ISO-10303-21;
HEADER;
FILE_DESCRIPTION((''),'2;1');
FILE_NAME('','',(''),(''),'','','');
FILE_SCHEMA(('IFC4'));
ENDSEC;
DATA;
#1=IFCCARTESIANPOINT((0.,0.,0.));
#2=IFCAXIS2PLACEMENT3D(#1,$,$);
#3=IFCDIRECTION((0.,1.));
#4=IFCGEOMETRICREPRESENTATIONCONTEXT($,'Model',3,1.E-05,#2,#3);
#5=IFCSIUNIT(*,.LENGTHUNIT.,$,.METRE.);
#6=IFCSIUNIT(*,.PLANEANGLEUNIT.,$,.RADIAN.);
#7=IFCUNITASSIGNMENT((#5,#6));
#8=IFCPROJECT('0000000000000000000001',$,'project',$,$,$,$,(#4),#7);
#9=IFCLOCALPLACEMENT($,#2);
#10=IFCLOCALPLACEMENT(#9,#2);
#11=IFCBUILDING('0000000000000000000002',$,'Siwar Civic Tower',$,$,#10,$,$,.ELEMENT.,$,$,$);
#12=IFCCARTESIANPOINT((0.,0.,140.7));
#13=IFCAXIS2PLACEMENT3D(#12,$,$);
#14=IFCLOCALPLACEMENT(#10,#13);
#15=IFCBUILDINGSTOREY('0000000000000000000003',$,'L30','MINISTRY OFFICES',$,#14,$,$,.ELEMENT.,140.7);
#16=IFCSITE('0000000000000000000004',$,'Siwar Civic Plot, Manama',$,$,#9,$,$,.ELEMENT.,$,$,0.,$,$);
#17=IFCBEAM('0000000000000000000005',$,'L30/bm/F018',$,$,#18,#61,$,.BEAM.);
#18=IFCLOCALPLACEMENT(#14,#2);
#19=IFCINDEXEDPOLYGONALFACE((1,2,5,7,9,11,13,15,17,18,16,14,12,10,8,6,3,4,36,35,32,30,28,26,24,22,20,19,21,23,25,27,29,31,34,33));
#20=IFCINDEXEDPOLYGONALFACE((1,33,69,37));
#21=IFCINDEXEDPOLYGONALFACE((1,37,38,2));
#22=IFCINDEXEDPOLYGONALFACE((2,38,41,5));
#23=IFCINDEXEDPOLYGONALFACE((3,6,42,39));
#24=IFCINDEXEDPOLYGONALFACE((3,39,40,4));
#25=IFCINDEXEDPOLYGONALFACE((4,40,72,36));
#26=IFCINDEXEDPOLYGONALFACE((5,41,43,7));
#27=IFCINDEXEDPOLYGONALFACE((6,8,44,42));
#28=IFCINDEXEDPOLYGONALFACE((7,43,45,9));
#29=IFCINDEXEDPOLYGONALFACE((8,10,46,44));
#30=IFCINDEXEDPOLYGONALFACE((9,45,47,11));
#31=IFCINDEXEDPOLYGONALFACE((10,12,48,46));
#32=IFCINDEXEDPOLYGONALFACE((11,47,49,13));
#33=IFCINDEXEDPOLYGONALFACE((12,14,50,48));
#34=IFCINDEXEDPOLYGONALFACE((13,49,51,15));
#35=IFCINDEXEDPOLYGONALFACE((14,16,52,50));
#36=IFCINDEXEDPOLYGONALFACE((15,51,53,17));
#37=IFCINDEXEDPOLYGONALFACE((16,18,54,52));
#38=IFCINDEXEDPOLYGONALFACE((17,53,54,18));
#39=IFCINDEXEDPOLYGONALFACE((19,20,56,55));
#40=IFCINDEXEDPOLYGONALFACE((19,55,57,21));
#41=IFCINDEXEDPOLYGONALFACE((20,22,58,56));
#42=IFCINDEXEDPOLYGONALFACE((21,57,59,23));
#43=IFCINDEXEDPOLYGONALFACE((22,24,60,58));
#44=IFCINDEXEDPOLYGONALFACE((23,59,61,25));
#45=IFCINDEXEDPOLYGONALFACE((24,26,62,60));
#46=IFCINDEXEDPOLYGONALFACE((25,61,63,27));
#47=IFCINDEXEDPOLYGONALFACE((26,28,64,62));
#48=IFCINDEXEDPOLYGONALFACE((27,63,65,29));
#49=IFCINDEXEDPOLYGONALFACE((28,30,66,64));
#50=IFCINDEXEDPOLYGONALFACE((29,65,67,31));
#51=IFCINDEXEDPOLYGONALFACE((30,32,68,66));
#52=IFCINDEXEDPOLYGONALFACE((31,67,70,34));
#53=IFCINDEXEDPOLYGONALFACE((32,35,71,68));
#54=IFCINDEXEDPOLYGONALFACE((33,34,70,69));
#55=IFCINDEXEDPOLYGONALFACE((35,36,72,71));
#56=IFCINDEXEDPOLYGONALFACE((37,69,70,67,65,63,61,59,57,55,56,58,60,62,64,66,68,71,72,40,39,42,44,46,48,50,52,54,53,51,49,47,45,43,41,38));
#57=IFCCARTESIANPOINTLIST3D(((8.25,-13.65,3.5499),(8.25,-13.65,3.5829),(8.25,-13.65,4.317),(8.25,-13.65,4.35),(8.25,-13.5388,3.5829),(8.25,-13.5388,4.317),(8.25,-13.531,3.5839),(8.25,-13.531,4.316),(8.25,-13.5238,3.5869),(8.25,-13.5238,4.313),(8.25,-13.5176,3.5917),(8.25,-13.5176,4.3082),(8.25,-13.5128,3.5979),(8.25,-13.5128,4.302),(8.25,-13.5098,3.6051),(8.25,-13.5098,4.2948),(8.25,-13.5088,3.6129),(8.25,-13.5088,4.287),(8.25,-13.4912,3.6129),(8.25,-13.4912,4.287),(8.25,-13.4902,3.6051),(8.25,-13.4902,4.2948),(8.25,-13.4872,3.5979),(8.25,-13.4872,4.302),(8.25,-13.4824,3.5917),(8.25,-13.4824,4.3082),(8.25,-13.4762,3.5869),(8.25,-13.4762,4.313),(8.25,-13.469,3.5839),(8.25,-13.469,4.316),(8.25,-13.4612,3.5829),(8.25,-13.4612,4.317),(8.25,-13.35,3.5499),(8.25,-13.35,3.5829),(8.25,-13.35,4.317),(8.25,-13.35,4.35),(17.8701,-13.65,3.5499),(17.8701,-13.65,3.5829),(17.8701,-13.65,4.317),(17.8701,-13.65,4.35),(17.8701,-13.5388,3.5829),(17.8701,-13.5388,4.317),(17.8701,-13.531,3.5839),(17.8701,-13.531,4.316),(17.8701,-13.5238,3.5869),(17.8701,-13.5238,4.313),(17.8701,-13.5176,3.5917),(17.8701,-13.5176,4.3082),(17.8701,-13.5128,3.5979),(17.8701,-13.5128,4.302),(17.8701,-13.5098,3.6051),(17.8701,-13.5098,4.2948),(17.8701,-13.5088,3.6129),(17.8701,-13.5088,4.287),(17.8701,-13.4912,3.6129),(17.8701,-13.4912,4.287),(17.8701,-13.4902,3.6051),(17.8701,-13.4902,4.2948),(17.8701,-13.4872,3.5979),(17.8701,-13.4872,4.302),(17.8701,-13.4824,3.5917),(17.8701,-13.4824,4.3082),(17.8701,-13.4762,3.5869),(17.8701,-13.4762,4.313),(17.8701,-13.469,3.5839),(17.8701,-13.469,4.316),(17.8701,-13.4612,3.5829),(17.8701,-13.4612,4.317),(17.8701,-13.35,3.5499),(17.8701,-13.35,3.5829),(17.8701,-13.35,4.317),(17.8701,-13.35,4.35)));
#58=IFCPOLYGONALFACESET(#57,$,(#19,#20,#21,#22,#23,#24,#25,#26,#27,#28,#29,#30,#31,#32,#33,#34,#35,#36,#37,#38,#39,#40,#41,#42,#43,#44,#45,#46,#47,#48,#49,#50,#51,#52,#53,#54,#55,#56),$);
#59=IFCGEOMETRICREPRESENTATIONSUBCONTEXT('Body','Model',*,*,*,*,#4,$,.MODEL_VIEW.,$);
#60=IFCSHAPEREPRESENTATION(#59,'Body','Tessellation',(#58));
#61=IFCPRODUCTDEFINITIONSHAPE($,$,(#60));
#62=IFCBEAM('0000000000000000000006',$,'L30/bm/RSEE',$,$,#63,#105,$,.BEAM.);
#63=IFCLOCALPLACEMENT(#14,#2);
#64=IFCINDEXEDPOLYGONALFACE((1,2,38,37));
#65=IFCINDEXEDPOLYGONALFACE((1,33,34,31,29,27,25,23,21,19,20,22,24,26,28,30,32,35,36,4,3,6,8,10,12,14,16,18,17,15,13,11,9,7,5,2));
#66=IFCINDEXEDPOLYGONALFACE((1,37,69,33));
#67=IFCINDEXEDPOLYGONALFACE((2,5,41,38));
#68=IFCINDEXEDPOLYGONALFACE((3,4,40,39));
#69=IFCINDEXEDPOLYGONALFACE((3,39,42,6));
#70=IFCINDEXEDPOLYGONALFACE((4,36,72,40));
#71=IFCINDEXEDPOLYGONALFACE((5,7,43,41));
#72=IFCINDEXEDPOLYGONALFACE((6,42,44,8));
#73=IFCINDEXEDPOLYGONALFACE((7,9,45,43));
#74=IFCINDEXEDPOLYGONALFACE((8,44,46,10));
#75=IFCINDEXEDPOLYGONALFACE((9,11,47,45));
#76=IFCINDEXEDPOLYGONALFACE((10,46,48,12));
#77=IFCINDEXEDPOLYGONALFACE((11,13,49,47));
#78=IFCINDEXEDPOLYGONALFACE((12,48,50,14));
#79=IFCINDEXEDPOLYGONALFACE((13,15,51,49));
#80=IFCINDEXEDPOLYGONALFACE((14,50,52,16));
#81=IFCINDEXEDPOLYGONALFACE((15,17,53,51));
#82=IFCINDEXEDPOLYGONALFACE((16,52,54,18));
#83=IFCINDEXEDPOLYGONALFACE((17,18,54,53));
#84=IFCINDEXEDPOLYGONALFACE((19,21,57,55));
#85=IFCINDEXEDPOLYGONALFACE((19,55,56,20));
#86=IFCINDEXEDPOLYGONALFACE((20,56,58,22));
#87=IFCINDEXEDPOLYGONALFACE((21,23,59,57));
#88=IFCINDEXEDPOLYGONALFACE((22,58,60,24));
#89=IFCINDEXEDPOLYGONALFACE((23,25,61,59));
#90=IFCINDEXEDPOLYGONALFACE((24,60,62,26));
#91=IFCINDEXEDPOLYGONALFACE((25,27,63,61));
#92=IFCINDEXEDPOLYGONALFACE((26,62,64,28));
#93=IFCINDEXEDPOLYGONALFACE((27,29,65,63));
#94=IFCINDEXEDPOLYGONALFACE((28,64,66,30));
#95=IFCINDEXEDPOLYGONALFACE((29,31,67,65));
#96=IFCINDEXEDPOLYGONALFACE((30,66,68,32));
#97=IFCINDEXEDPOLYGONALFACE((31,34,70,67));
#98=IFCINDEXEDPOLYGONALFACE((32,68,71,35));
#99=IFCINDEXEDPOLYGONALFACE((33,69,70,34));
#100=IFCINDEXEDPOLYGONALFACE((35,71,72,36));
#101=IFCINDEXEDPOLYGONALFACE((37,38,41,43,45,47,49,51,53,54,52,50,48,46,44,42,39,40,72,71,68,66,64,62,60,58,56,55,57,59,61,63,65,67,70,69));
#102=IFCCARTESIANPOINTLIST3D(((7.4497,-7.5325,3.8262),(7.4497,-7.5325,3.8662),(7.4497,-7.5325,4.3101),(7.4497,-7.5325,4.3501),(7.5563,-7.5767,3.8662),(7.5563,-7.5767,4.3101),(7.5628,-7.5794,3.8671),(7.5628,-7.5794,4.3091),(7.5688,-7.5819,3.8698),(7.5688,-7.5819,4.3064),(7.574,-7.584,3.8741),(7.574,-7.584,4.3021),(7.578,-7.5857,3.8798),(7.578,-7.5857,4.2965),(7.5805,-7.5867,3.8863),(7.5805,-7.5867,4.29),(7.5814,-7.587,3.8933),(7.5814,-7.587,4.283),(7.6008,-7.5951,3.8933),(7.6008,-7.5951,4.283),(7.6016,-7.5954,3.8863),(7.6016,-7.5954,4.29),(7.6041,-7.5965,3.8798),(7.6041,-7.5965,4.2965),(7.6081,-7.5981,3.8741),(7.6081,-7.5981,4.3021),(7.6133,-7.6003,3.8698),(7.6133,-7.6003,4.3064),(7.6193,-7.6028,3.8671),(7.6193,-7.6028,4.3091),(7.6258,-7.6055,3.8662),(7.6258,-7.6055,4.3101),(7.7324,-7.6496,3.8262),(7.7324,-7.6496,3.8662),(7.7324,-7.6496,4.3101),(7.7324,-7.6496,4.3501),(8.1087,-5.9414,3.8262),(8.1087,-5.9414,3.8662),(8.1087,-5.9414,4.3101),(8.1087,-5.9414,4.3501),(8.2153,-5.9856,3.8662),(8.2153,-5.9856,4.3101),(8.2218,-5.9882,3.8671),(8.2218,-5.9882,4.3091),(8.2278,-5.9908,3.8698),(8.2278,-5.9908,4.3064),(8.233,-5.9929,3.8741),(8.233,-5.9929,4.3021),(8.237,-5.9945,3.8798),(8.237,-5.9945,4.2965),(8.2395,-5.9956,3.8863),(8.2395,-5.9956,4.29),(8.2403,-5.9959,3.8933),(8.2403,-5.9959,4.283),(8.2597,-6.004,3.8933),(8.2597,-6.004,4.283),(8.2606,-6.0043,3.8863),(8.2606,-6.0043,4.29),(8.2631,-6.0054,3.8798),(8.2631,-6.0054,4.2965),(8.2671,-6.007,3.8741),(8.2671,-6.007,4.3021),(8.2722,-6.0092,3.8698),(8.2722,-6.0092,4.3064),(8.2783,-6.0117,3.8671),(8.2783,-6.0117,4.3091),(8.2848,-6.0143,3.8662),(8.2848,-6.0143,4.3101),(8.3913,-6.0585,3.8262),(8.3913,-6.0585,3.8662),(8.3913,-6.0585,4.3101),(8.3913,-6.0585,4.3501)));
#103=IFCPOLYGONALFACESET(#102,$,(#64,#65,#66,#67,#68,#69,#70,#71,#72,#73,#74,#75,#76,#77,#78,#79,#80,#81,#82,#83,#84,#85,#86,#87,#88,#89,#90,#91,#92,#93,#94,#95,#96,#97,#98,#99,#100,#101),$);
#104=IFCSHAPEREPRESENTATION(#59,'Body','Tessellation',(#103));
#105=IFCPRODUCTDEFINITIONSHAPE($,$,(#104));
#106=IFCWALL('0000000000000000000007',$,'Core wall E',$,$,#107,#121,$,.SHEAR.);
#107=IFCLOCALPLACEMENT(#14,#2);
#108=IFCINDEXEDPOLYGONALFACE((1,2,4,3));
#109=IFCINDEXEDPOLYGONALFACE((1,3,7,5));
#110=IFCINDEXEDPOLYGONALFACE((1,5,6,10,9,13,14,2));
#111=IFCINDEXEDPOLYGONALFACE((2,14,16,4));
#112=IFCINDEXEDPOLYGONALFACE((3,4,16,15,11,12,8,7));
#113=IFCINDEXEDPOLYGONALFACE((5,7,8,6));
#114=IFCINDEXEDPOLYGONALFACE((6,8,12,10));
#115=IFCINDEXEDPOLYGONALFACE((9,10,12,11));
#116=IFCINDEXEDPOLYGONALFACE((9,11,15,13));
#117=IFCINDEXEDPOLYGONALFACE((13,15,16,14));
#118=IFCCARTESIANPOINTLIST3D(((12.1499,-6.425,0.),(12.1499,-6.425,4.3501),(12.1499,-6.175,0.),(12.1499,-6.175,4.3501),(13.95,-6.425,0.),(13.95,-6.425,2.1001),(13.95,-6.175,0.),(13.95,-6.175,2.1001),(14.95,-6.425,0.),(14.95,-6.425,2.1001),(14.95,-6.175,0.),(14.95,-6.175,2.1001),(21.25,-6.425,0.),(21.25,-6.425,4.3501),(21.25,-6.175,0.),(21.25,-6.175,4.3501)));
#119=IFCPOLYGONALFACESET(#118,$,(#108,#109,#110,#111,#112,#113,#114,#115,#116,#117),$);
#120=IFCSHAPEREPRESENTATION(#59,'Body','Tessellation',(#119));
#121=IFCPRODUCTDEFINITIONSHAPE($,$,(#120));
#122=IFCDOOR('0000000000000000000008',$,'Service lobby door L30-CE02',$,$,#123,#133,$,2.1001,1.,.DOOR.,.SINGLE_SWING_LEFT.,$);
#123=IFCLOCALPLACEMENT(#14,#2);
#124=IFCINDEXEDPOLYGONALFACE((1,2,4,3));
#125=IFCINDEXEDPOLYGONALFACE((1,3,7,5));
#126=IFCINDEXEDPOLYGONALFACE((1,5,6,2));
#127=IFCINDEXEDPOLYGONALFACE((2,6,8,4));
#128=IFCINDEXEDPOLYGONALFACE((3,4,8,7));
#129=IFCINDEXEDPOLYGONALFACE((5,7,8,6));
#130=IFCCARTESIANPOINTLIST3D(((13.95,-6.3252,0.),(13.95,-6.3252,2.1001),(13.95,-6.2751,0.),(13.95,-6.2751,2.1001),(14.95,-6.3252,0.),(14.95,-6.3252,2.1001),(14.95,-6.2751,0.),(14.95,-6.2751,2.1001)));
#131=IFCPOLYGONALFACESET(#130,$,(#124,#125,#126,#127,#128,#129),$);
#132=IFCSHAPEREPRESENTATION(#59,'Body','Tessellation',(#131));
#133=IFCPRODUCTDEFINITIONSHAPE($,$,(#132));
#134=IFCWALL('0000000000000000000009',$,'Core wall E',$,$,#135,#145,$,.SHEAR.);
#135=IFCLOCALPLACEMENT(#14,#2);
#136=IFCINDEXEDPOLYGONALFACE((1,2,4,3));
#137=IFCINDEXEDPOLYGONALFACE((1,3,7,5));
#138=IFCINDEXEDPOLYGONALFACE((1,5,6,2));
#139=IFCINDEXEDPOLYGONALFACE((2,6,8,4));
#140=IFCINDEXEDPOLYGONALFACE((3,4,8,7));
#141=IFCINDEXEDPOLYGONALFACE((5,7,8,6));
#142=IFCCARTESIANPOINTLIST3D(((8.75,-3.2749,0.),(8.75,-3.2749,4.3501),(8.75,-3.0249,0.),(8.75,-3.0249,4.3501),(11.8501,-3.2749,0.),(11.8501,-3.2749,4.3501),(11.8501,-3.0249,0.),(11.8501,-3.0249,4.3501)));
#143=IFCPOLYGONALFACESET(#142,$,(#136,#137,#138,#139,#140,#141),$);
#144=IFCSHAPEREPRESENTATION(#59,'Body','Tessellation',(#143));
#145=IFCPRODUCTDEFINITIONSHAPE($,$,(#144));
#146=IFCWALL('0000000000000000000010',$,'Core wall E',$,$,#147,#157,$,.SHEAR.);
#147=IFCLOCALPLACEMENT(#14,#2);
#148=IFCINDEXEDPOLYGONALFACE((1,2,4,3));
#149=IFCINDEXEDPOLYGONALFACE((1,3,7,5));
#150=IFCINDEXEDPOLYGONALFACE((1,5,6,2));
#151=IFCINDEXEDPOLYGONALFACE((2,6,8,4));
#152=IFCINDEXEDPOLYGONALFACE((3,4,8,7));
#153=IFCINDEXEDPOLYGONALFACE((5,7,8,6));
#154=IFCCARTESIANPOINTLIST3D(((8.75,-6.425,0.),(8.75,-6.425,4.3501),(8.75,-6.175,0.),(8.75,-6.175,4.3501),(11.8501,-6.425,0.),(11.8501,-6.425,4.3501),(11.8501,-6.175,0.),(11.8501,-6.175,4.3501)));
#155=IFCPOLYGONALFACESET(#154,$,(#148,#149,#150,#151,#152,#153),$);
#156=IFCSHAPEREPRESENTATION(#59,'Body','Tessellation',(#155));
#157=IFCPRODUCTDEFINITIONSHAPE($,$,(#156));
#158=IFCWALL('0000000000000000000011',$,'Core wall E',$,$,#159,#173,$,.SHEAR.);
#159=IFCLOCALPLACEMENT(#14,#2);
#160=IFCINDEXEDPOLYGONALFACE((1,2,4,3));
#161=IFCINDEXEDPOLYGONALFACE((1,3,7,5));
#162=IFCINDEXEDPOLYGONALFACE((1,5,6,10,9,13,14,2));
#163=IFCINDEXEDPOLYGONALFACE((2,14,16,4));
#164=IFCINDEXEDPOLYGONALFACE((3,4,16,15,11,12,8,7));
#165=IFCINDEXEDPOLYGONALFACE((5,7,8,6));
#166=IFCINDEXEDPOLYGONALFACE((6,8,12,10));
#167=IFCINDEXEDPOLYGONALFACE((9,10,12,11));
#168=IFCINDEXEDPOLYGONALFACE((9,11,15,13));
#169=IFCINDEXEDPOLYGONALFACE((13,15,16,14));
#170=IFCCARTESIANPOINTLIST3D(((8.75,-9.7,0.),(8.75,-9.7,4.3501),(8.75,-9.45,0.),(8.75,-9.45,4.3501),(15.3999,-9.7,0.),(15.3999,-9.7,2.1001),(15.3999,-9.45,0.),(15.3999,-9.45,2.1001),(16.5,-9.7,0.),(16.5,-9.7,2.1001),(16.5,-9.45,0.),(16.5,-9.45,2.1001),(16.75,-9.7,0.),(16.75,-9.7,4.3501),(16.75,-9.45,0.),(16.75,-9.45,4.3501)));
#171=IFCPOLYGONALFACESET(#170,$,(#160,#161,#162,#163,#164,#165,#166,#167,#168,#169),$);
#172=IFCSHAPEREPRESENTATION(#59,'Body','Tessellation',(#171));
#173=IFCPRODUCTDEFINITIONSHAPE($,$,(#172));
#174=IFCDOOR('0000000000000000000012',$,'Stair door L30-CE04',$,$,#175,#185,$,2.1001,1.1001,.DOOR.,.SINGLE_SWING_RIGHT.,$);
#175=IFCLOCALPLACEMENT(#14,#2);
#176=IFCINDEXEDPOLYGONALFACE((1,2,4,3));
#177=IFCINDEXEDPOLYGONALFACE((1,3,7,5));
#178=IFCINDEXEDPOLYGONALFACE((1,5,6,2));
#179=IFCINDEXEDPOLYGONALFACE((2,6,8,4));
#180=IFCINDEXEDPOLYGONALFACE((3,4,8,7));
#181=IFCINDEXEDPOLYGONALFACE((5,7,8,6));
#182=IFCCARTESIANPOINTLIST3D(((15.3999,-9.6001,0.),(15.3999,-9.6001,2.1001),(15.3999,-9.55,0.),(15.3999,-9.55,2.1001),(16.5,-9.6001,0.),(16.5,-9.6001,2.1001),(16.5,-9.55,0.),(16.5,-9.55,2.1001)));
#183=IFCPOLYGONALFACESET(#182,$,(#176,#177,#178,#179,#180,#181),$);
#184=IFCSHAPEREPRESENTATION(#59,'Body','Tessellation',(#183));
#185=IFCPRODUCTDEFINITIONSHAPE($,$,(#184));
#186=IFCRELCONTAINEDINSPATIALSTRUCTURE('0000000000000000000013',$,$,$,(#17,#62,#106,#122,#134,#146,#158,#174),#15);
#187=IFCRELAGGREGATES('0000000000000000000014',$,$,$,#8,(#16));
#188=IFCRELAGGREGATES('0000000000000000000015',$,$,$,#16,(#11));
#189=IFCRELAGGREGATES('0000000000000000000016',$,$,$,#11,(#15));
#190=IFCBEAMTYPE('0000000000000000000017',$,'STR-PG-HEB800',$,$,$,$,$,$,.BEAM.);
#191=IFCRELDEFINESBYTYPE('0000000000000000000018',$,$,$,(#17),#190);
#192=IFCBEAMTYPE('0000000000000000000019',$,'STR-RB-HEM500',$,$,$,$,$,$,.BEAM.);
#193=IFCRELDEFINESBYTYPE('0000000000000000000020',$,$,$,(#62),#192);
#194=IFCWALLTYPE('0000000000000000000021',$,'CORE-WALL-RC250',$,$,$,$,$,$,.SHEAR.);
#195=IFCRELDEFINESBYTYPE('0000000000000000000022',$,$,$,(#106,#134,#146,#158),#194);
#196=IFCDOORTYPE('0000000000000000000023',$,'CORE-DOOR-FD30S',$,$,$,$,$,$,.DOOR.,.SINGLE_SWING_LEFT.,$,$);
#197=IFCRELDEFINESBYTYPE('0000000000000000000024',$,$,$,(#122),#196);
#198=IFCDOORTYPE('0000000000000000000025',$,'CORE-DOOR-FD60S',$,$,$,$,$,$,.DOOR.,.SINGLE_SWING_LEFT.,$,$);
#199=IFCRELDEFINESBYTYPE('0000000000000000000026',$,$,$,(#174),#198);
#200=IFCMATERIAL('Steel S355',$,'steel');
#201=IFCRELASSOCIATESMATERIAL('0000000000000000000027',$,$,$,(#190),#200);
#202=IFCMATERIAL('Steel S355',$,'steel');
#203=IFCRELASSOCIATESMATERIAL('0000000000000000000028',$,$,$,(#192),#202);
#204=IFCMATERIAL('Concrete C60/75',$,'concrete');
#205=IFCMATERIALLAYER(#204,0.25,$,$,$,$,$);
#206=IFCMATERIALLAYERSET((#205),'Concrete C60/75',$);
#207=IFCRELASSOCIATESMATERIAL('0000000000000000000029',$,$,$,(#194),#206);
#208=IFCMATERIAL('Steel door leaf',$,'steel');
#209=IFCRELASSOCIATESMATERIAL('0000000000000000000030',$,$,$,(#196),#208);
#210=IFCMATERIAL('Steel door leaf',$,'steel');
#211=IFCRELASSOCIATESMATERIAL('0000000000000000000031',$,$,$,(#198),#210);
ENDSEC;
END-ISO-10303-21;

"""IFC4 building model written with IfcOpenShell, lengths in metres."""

from ifc_helpers import new_model, si_unit, direction, frame, frame_2d, origin, origin_2d, place, context, subcontext, project, spatial, rectangle, i_section, extrude, material, layer, layer_set, material_profile, profile_set, type_object, element, fill, save


model = new_model("IFC4")

# Units and contexts
model_context = context("Model", 3, precision=1e-05, world=origin(), true_north=direction((0.0, 1.0)))
body_context = subcontext(model_context, "Body", "Model", "MODEL_VIEW")
ifc_project = project(units=[si_unit("LENGTHUNIT", "METRE"), si_unit("PLANEANGLEUNIT", "RADIAN")], contexts=[model_context])

# Site, building, storey
site_placement = place(None, origin())
site = spatial("IfcSite", under=ifc_project, at=site_placement, Name="Siwar Civic Plot, Manama", CompositionType="ELEMENT", RefElevation=0.0)
building_placement = place(site_placement, origin())
building = spatial("IfcBuilding", under=site, at=building_placement, Name="Siwar Civic Tower", CompositionType="ELEMENT")
storey_placement = place(building_placement, frame((0.0, 0.0, 140.7)))
storey = spatial("IfcBuildingStorey", under=building, at=storey_placement, Name="L30", Description="MINISTRY OFFICES", CompositionType="ELEMENT", Elevation=140.7)

# Beams
ifc_material_1 = material(Name="Steel S355", Category="steel")
ifc_material_profile_1 = material_profile(ifc_material_1, i_section(OverallWidth=0.3, OverallDepth=0.8, WebThickness=0.0176, FlangeThickness=0.033, FilletRadius=0.03, at=origin_2d()), Name="HEB800")
ifc_profile_set_1 = profile_set([ifc_material_profile_1], Name="Steel S355")
beam_type_1 = type_object("IfcBeamType", Name="STR-PG-HEB800", PredefinedType="BEAM", material=ifc_profile_set_1)
beam_1_placement = place(storey_placement, frame((8.25, -13.5, 3.95), z_axis=(1.0, 0.0, 0.0), x_axis=(0.0, 1.0, 0.0)))
element("IfcBeam", 1, at=beam_1_placement, inside=storey, type_object=beam_type_1, Name="L30/bm/F018", PredefinedType="BEAM", context=body_context, shape_type="SweptSolid", body=[
    extrude(i_section(OverallWidth=0.3, OverallDepth=0.8, WebThickness=0.0176, FlangeThickness=0.033, FilletRadius=0.03, at=origin_2d()), origin(), (0.0, 0.0, 1.0), 9.6201),
])
ifc_material_2 = material(Name="Steel S355", Category="steel")
ifc_material_profile_2 = material_profile(ifc_material_2, i_section(OverallWidth=0.3059, OverallDepth=0.5239, WebThickness=0.021, FlangeThickness=0.04, FilletRadius=0.0271, at=origin_2d()), Name="HEM500")
ifc_profile_set_2 = profile_set([ifc_material_profile_2], Name="Steel S355")
beam_type_2 = type_object("IfcBeamType", Name="STR-RB-HEM500", PredefinedType="BEAM", material=ifc_profile_set_2)
beam_2_placement = place(storey_placement, frame((7.5911, -7.5911, 4.0881), z_axis=(0.382631, 0.923901, 0.0), x_axis=(-0.923901, 0.382631, 0.0)))
element("IfcBeam", 2, at=beam_2_placement, inside=storey, type_object=beam_type_2, Name="L30/bm/RSEE", PredefinedType="BEAM", context=body_context, shape_type="SweptSolid", body=[
    extrude(i_section(OverallWidth=0.3059, OverallDepth=0.5239, WebThickness=0.021, FlangeThickness=0.04, FilletRadius=0.0271, at=origin_2d()), origin(), (0.0, 0.0, 1.0), 1.7222),
])

# Wall, opening, door
ifc_material_3 = material(Name="Concrete C60/75", Category="concrete")
ifc_layer_1 = layer(ifc_material_3, 0.25)
ifc_layer_set_1 = layer_set([ifc_layer_1], Name="Concrete C60/75")
wall_type_1 = type_object("IfcWallType", Name="CORE-WALL-RC250", PredefinedType="SHEAR", material=ifc_layer_set_1)
wall_1_placement = place(storey_placement, frame((12.1499, -6.3, 0.0), z_axis=(0.0, 0.0, 1.0), x_axis=(1.0, 0.0, 0.0)))
wall_1 = element("IfcWall", 3, at=wall_1_placement, inside=storey, type_object=wall_type_1, Name="Core wall E", PredefinedType="SHEAR", context=body_context, shape_type="SweptSolid", body=[
    extrude(rectangle(XDim=9.1001, YDim=0.25, at=frame_2d((4.55, 0.0))), origin(), (0.0, 0.0, 1.0), 4.3501),
])
opening_1_placement = place(wall_1_placement, frame((1.8, 0.0, 0.0)))
opening_1 = element("IfcOpeningElement", 4, at=opening_1_placement, cuts=wall_1, PredefinedType="OPENING", context=body_context, shape_type="SweptSolid", body=[
    extrude(rectangle(XDim=1.0, YDim=2.1001, at=frame_2d((0.5, 1.05))), frame((0.0, 0.135, 0.0), z_axis=(0.0, -1.0, 0.0), x_axis=(1.0, 0.0, 0.0)), (0.0, 0.0, 1.0), 0.27),
])
ifc_material_4 = material(Name="Steel door leaf", Category="steel")
door_type_1 = type_object("IfcDoorType", Name="CORE-DOOR-FD30S", OperationType="SINGLE_SWING_LEFT", PredefinedType="DOOR", material=ifc_material_4)
door_1_placement = place(opening_1_placement, origin())
door_1 = element("IfcDoor", 5, at=door_1_placement, inside=storey, type_object=door_type_1, Name="Service lobby door L30-CE02", OperationType="SINGLE_SWING_LEFT", OverallHeight=2.1001, OverallWidth=1.0, PredefinedType="DOOR", context=body_context, shape_type="SweptSolid", body=[
    extrude(rectangle(XDim=1.0, YDim=2.1001, at=frame_2d((0.5, 1.05))), frame((0.0, 0.0249, 0.0), z_axis=(0.0, -1.0, 0.0), x_axis=(1.0, 0.0, 0.0)), (0.0, 0.0, 1.0), 0.05),
])
fill(opening_1, door_1)

# Walls
for number, where, z_axis, x_axis, name in (
    (6, (8.75, -3.1499, 0.0), (0.0, 0.0, 1.0), (1.0, 0.0, 0.0), "Core wall E"),
    (7, (8.75, -6.3, 0.0), (0.0, 0.0, 1.0), (1.0, 0.0, 0.0), "Core wall E"),
):
    element("IfcWall", number, at=place(storey_placement, frame(where, z_axis=z_axis, x_axis=x_axis)), inside=storey, type_object=wall_type_1, Name=name, PredefinedType="SHEAR", context=body_context, shape_type="SweptSolid", body=[
        extrude(rectangle(XDim=3.1001, YDim=0.25, at=frame_2d((1.55, 0.0))), origin(), (0.0, 0.0, 1.0), 4.3501),
    ])

# Wall, opening, door
wall_2_placement = place(storey_placement, frame((8.75, -9.575, 0.0), z_axis=(0.0, 0.0, 1.0), x_axis=(1.0, 0.0, 0.0)))
wall_2 = element("IfcWall", 8, at=wall_2_placement, inside=storey, type_object=wall_type_1, Name="Core wall E", PredefinedType="SHEAR", context=body_context, shape_type="SweptSolid", body=[
    extrude(rectangle(XDim=8.0, YDim=0.25, at=frame_2d((4.0, 0.0))), origin(), (0.0, 0.0, 1.0), 4.3501),
])
opening_2_placement = place(wall_2_placement, frame((6.6499, 0.0, 0.0)))
opening_2 = element("IfcOpeningElement", 9, at=opening_2_placement, cuts=wall_2, PredefinedType="OPENING", context=body_context, shape_type="SweptSolid", body=[
    extrude(rectangle(XDim=1.1001, YDim=2.1001, at=frame_2d((0.55, 1.05))), frame((0.0, 0.135, 0.0), z_axis=(0.0, -1.0, 0.0), x_axis=(1.0, 0.0, 0.0)), (0.0, 0.0, 1.0), 0.27),
])
ifc_material_5 = material(Name="Steel door leaf", Category="steel")
door_type_2 = type_object("IfcDoorType", Name="CORE-DOOR-FD60S", OperationType="SINGLE_SWING_LEFT", PredefinedType="DOOR", material=ifc_material_5)
door_2_placement = place(opening_2_placement, origin())
door_2 = element("IfcDoor", 10, at=door_2_placement, inside=storey, type_object=door_type_2, Name="Stair door L30-CE04", OperationType="SINGLE_SWING_RIGHT", OverallHeight=2.1001, OverallWidth=1.1001, PredefinedType="DOOR", context=body_context, shape_type="SweptSolid", body=[
    extrude(rectangle(XDim=1.1001, YDim=2.1001, at=frame_2d((0.55, 1.05))), frame((0.0, 0.0249, 0.0), z_axis=(0.0, -1.0, 0.0), x_axis=(1.0, 0.0, 0.0)), (0.0, 0.0, 1.0), 0.05),
])
fill(opening_2, door_2)

save(model, "model.ifc")
